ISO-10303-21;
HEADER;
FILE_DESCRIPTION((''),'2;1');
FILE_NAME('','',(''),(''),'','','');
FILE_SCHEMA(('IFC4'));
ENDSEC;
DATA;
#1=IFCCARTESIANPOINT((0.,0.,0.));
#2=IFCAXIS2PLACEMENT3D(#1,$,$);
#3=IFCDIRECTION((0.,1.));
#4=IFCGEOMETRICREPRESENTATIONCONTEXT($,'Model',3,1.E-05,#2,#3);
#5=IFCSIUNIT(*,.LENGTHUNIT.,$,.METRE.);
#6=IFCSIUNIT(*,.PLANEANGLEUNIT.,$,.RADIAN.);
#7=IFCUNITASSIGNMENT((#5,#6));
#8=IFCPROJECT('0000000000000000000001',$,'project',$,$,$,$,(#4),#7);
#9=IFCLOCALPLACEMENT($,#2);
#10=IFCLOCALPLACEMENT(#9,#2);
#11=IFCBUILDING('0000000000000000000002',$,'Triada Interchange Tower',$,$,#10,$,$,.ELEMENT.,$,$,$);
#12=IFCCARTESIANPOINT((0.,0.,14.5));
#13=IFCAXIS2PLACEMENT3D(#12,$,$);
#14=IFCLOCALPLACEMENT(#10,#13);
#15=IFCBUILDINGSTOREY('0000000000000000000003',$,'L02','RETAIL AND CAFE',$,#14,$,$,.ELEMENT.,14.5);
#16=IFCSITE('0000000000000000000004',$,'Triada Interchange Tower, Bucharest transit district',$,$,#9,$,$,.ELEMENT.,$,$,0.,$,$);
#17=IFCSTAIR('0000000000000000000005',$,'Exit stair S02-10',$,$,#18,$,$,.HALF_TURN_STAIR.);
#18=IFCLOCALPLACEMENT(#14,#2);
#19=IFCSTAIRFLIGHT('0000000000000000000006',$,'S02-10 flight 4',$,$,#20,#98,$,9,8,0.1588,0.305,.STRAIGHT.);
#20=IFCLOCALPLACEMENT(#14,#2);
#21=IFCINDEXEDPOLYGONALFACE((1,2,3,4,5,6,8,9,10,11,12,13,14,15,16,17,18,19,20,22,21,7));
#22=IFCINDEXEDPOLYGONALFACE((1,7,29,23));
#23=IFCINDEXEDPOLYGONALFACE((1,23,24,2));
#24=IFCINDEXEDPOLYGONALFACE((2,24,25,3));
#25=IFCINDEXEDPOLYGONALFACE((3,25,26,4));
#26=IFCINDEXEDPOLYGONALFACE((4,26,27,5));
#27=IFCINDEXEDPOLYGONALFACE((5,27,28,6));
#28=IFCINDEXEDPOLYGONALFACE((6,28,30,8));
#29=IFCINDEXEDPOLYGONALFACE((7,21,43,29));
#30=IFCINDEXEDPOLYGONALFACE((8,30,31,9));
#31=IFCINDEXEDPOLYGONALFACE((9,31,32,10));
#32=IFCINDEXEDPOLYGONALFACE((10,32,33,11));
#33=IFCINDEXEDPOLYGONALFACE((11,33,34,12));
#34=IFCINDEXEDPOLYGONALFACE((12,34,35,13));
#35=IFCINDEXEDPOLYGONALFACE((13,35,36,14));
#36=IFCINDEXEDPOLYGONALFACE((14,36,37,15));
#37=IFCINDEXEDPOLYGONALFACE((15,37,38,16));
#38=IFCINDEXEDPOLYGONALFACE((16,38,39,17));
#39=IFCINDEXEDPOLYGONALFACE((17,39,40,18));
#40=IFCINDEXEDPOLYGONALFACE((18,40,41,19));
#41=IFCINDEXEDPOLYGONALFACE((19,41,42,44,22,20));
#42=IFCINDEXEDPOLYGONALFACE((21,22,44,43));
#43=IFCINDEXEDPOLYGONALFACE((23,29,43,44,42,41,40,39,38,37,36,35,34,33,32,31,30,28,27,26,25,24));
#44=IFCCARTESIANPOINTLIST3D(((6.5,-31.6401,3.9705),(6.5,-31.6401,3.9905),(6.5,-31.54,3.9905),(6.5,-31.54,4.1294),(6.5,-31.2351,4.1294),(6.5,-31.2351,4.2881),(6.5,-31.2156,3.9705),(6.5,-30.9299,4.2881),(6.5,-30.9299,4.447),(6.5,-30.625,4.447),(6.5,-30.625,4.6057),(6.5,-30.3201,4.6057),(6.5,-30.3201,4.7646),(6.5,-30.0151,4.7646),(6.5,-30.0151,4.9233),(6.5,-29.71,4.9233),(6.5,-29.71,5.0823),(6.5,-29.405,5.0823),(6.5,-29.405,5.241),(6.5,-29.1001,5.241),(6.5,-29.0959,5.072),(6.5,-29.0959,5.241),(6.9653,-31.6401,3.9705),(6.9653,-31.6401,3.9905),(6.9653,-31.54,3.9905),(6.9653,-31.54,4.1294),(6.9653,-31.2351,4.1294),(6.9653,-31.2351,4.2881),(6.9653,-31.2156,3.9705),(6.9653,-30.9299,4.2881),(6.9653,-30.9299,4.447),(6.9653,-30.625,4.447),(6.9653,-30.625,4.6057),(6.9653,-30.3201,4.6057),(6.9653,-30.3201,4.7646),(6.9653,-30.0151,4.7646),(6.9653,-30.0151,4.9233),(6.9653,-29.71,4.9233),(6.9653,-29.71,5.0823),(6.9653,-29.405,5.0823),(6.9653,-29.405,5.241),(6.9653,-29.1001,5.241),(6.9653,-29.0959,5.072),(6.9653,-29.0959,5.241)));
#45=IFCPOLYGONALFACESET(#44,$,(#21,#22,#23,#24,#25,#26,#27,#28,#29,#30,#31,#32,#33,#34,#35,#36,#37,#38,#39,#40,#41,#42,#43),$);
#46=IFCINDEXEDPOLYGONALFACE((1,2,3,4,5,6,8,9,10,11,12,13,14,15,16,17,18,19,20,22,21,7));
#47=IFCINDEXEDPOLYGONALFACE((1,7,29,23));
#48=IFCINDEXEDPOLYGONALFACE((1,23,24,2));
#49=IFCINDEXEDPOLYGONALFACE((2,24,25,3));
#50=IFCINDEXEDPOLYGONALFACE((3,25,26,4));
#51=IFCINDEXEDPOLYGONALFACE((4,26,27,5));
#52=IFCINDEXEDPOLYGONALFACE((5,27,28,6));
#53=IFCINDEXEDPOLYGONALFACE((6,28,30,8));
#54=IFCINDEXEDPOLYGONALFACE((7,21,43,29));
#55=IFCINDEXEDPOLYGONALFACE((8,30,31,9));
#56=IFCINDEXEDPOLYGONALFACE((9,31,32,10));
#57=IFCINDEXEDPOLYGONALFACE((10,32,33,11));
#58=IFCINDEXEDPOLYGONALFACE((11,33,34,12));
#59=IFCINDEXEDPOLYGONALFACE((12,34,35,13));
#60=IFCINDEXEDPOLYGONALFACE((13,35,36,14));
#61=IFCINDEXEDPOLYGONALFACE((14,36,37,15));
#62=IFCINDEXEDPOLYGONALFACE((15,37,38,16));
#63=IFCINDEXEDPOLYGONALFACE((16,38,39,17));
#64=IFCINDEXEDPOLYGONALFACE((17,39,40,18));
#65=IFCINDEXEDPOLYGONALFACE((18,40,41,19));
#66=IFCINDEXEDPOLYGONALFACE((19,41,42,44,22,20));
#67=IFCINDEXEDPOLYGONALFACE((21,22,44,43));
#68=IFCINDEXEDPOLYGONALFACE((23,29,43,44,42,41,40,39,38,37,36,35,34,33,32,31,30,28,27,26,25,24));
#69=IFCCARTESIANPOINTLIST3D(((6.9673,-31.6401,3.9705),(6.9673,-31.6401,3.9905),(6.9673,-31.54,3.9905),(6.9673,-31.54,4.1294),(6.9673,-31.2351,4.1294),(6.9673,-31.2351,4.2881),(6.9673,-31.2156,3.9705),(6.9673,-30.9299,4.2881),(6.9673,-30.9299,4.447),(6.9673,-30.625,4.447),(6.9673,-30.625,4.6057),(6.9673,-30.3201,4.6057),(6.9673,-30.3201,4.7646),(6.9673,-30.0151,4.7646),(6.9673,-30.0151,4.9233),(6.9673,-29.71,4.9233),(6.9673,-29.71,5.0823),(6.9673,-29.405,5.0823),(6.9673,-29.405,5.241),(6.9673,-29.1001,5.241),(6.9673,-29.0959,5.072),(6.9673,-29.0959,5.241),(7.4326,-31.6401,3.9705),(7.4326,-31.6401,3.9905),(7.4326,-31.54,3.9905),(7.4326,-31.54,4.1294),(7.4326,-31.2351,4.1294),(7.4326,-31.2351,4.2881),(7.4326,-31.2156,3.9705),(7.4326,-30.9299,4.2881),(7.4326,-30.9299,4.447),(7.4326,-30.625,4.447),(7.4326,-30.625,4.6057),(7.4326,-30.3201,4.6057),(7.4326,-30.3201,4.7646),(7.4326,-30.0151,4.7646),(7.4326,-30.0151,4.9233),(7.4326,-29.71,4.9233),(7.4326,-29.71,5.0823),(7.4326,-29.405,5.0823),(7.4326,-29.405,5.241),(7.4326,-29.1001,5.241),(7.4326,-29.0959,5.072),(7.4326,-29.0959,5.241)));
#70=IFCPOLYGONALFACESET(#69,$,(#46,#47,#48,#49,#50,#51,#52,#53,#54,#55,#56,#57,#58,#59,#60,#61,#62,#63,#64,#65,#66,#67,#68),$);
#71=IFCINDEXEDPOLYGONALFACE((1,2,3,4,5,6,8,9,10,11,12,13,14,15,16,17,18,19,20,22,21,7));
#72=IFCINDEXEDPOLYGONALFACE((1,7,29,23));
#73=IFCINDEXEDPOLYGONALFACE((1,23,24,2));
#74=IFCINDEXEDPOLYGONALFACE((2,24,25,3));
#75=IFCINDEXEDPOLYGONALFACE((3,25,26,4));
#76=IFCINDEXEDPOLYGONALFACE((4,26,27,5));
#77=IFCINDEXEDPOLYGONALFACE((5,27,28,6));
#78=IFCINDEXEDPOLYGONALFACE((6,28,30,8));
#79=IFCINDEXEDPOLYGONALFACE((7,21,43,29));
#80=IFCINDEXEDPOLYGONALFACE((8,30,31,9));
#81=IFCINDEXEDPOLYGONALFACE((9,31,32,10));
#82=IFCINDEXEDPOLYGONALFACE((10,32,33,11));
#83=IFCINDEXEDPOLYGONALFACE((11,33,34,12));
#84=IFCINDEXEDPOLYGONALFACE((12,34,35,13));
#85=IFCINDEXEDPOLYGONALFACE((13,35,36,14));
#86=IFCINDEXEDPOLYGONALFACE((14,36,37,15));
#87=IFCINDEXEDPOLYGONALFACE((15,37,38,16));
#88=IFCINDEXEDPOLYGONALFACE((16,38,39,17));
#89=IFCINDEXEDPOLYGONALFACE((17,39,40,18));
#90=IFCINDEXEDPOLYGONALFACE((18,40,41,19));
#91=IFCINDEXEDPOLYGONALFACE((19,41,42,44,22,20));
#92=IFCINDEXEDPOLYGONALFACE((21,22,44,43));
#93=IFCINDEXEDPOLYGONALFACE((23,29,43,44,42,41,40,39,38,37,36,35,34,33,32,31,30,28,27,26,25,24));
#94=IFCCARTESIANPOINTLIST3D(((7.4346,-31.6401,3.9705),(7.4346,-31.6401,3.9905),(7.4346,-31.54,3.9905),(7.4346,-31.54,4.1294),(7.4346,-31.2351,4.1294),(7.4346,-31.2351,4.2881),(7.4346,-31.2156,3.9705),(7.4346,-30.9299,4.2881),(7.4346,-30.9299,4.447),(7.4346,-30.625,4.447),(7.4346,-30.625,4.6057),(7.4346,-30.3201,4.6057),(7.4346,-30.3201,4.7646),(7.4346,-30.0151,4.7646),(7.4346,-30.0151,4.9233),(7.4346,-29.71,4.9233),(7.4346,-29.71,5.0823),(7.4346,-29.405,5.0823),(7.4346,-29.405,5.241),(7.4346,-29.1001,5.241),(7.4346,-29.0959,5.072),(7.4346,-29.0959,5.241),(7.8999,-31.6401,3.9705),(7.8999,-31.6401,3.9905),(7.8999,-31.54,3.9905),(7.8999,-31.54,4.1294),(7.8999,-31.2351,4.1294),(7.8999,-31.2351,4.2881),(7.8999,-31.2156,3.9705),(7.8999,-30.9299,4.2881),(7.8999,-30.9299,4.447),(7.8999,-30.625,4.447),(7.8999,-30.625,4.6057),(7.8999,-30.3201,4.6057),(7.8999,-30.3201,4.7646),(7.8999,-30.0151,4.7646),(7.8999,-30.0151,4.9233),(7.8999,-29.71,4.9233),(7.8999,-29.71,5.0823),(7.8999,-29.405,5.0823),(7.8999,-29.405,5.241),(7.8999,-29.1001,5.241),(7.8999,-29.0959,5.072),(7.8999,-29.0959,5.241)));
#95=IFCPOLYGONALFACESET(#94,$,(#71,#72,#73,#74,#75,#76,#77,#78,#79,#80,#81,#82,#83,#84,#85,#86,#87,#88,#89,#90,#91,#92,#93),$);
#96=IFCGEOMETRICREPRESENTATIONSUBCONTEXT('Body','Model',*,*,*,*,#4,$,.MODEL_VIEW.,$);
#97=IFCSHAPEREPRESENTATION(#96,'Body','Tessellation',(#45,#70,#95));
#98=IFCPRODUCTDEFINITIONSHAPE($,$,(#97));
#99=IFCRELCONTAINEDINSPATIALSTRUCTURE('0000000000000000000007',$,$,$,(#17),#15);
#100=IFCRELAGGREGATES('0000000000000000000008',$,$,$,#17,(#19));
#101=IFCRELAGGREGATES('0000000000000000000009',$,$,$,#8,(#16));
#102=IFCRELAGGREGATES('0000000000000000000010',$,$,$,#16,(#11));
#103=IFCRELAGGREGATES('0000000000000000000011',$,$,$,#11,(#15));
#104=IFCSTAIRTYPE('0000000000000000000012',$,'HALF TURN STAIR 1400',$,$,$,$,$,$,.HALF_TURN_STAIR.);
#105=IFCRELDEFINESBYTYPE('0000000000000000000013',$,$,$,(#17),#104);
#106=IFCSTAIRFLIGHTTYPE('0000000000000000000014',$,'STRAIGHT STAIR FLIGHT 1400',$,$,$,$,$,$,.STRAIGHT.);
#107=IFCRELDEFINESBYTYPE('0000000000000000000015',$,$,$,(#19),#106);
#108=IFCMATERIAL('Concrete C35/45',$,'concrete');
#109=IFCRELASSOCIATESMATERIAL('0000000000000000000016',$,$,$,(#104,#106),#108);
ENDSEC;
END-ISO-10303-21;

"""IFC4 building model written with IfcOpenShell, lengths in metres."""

from ifc_helpers import new_model, si_unit, direction, frame, origin, place, context, subcontext, project, spatial, polyline, outline, extrude, material, type_object, element, aggregate, save


model = new_model("IFC4")

# Units and contexts
model_context = context("Model", 3, precision=1e-05, world=origin(), true_north=direction((0.0, 1.0)))
body_context = subcontext(model_context, "Body", "Model", "MODEL_VIEW")
ifc_project = project(units=[si_unit("LENGTHUNIT", "METRE"), si_unit("PLANEANGLEUNIT", "RADIAN")], contexts=[model_context])

# Site, building, storey
site_placement = place(None, origin())
site = spatial("IfcSite", under=ifc_project, at=site_placement, Name="Triada Interchange Tower, Bucharest transit district", CompositionType="ELEMENT", RefElevation=0.0)
building_placement = place(site_placement, origin())
building = spatial("IfcBuilding", under=site, at=building_placement, Name="Triada Interchange Tower", CompositionType="ELEMENT")
storey_placement = place(building_placement, frame((0.0, 0.0, 14.5)))
storey = spatial("IfcBuildingStorey", under=building, at=storey_placement, Name="L02", Description="RETAIL AND CAFE", CompositionType="ELEMENT", Elevation=14.5)

# Shared definitions
ifc_material_1 = material(Name="Concrete C35/45", Category="concrete")

# Stair, stair flight
stair_type = type_object("IfcStairType", Name="HALF TURN STAIR 1400", PredefinedType="HALF_TURN_STAIR", material=ifc_material_1)
stair_placement = place(storey_placement, origin())
stair = element("IfcStair", 1, at=stair_placement, inside=storey, type_object=stair_type, Name="Exit stair S02-10", PredefinedType="HALF_TURN_STAIR")
stair_flight_type = type_object("IfcStairFlightType", Name="STRAIGHT STAIR FLIGHT 1400", PredefinedType="STRAIGHT", material=ifc_material_1)
stair_flight_1_placement = place(storey_placement, frame((7.2, -31.54, 3.9705), z_axis=(0.0, 0.0, 1.0), x_axis=(0.0, 1.0, 0.0)))
stair_flight_1 = element("IfcStairFlight", 2, at=stair_flight_1_placement, type_object=stair_flight_type, Name="S02-10 flight 4", NumberOfRisers=9, NumberOfTreads=8, PredefinedType="STRAIGHT", RiserHeight=0.1588, TreadLength=0.305, context=body_context, shape_type="SweptSolid", body=[
    extrude(outline(polyline([(-0.1001, 0.0), (-0.1001, 0.02), (0.0, 0.02), (0.0, 0.1589), (0.3049, 0.1589), (0.3049, 0.3176), (0.6101, 0.3176), (0.6101, 0.4766), (0.915, 0.4766), (0.915, 0.6353), (1.22, 0.6353), (1.22, 0.7942), (1.5249, 0.7942), (1.5249, 0.9529), (1.8301, 0.9529), (1.8301, 1.1118), (2.135, 1.1118), (2.135, 1.2705), (2.4399, 1.2705), (2.4441, 1.2705), (2.4441, 1.4294), (2.4441, 1.1016), (0.3245, 0.0), (-0.1001, 0.0)])), frame((0.0, 0.7, 0.0), z_axis=(0.0, -1.0, 0.0), x_axis=(1.0, 0.0, 0.0)), (0.0, 0.0, 1.0), 0.4653),
    extrude(outline(polyline([(-0.1001, 0.0), (-0.1001, 0.02), (0.0, 0.02), (0.0, 0.1589), (0.3049, 0.1589), (0.3049, 0.3176), (0.6101, 0.3176), (0.6101, 0.4766), (0.915, 0.4766), (0.915, 0.6353), (1.22, 0.6353), (1.22, 0.7942), (1.5249, 0.7942), (1.5249, 0.9529), (1.8301, 0.9529), (1.8301, 1.1118), (2.135, 1.1118), (2.135, 1.2705), (2.4399, 1.2705), (2.4441, 1.2705), (2.4441, 1.4294), (2.4441, 1.1016), (0.3245, 0.0), (-0.1001, 0.0)])), frame((0.0, 0.2327, 0.0), z_axis=(0.0, -1.0, 0.0), x_axis=(1.0, 0.0, 0.0)), (0.0, 0.0, 1.0), 0.4653),
    extrude(outline(polyline([(-0.1001, 0.0), (-0.1001, 0.02), (0.0, 0.02), (0.0, 0.1589), (0.3049, 0.1589), (0.3049, 0.3176), (0.6101, 0.3176), (0.6101, 0.4766), (0.915, 0.4766), (0.915, 0.6353), (1.22, 0.6353), (1.22, 0.7942), (1.5249, 0.7942), (1.5249, 0.9529), (1.8301, 0.9529), (1.8301, 1.1118), (2.135, 1.1118), (2.135, 1.2705), (2.4399, 1.2705), (2.4441, 1.2705), (2.4441, 1.4294), (2.4441, 1.1016), (0.3245, 0.0), (-0.1001, 0.0)])), frame((0.0, -0.2346, 0.0), z_axis=(0.0, -1.0, 0.0), x_axis=(1.0, 0.0, 0.0)), (0.0, 0.0, 1.0), 0.4653),
])
aggregate(stair, [stair_flight_1])

save(model, "model.ifc")
